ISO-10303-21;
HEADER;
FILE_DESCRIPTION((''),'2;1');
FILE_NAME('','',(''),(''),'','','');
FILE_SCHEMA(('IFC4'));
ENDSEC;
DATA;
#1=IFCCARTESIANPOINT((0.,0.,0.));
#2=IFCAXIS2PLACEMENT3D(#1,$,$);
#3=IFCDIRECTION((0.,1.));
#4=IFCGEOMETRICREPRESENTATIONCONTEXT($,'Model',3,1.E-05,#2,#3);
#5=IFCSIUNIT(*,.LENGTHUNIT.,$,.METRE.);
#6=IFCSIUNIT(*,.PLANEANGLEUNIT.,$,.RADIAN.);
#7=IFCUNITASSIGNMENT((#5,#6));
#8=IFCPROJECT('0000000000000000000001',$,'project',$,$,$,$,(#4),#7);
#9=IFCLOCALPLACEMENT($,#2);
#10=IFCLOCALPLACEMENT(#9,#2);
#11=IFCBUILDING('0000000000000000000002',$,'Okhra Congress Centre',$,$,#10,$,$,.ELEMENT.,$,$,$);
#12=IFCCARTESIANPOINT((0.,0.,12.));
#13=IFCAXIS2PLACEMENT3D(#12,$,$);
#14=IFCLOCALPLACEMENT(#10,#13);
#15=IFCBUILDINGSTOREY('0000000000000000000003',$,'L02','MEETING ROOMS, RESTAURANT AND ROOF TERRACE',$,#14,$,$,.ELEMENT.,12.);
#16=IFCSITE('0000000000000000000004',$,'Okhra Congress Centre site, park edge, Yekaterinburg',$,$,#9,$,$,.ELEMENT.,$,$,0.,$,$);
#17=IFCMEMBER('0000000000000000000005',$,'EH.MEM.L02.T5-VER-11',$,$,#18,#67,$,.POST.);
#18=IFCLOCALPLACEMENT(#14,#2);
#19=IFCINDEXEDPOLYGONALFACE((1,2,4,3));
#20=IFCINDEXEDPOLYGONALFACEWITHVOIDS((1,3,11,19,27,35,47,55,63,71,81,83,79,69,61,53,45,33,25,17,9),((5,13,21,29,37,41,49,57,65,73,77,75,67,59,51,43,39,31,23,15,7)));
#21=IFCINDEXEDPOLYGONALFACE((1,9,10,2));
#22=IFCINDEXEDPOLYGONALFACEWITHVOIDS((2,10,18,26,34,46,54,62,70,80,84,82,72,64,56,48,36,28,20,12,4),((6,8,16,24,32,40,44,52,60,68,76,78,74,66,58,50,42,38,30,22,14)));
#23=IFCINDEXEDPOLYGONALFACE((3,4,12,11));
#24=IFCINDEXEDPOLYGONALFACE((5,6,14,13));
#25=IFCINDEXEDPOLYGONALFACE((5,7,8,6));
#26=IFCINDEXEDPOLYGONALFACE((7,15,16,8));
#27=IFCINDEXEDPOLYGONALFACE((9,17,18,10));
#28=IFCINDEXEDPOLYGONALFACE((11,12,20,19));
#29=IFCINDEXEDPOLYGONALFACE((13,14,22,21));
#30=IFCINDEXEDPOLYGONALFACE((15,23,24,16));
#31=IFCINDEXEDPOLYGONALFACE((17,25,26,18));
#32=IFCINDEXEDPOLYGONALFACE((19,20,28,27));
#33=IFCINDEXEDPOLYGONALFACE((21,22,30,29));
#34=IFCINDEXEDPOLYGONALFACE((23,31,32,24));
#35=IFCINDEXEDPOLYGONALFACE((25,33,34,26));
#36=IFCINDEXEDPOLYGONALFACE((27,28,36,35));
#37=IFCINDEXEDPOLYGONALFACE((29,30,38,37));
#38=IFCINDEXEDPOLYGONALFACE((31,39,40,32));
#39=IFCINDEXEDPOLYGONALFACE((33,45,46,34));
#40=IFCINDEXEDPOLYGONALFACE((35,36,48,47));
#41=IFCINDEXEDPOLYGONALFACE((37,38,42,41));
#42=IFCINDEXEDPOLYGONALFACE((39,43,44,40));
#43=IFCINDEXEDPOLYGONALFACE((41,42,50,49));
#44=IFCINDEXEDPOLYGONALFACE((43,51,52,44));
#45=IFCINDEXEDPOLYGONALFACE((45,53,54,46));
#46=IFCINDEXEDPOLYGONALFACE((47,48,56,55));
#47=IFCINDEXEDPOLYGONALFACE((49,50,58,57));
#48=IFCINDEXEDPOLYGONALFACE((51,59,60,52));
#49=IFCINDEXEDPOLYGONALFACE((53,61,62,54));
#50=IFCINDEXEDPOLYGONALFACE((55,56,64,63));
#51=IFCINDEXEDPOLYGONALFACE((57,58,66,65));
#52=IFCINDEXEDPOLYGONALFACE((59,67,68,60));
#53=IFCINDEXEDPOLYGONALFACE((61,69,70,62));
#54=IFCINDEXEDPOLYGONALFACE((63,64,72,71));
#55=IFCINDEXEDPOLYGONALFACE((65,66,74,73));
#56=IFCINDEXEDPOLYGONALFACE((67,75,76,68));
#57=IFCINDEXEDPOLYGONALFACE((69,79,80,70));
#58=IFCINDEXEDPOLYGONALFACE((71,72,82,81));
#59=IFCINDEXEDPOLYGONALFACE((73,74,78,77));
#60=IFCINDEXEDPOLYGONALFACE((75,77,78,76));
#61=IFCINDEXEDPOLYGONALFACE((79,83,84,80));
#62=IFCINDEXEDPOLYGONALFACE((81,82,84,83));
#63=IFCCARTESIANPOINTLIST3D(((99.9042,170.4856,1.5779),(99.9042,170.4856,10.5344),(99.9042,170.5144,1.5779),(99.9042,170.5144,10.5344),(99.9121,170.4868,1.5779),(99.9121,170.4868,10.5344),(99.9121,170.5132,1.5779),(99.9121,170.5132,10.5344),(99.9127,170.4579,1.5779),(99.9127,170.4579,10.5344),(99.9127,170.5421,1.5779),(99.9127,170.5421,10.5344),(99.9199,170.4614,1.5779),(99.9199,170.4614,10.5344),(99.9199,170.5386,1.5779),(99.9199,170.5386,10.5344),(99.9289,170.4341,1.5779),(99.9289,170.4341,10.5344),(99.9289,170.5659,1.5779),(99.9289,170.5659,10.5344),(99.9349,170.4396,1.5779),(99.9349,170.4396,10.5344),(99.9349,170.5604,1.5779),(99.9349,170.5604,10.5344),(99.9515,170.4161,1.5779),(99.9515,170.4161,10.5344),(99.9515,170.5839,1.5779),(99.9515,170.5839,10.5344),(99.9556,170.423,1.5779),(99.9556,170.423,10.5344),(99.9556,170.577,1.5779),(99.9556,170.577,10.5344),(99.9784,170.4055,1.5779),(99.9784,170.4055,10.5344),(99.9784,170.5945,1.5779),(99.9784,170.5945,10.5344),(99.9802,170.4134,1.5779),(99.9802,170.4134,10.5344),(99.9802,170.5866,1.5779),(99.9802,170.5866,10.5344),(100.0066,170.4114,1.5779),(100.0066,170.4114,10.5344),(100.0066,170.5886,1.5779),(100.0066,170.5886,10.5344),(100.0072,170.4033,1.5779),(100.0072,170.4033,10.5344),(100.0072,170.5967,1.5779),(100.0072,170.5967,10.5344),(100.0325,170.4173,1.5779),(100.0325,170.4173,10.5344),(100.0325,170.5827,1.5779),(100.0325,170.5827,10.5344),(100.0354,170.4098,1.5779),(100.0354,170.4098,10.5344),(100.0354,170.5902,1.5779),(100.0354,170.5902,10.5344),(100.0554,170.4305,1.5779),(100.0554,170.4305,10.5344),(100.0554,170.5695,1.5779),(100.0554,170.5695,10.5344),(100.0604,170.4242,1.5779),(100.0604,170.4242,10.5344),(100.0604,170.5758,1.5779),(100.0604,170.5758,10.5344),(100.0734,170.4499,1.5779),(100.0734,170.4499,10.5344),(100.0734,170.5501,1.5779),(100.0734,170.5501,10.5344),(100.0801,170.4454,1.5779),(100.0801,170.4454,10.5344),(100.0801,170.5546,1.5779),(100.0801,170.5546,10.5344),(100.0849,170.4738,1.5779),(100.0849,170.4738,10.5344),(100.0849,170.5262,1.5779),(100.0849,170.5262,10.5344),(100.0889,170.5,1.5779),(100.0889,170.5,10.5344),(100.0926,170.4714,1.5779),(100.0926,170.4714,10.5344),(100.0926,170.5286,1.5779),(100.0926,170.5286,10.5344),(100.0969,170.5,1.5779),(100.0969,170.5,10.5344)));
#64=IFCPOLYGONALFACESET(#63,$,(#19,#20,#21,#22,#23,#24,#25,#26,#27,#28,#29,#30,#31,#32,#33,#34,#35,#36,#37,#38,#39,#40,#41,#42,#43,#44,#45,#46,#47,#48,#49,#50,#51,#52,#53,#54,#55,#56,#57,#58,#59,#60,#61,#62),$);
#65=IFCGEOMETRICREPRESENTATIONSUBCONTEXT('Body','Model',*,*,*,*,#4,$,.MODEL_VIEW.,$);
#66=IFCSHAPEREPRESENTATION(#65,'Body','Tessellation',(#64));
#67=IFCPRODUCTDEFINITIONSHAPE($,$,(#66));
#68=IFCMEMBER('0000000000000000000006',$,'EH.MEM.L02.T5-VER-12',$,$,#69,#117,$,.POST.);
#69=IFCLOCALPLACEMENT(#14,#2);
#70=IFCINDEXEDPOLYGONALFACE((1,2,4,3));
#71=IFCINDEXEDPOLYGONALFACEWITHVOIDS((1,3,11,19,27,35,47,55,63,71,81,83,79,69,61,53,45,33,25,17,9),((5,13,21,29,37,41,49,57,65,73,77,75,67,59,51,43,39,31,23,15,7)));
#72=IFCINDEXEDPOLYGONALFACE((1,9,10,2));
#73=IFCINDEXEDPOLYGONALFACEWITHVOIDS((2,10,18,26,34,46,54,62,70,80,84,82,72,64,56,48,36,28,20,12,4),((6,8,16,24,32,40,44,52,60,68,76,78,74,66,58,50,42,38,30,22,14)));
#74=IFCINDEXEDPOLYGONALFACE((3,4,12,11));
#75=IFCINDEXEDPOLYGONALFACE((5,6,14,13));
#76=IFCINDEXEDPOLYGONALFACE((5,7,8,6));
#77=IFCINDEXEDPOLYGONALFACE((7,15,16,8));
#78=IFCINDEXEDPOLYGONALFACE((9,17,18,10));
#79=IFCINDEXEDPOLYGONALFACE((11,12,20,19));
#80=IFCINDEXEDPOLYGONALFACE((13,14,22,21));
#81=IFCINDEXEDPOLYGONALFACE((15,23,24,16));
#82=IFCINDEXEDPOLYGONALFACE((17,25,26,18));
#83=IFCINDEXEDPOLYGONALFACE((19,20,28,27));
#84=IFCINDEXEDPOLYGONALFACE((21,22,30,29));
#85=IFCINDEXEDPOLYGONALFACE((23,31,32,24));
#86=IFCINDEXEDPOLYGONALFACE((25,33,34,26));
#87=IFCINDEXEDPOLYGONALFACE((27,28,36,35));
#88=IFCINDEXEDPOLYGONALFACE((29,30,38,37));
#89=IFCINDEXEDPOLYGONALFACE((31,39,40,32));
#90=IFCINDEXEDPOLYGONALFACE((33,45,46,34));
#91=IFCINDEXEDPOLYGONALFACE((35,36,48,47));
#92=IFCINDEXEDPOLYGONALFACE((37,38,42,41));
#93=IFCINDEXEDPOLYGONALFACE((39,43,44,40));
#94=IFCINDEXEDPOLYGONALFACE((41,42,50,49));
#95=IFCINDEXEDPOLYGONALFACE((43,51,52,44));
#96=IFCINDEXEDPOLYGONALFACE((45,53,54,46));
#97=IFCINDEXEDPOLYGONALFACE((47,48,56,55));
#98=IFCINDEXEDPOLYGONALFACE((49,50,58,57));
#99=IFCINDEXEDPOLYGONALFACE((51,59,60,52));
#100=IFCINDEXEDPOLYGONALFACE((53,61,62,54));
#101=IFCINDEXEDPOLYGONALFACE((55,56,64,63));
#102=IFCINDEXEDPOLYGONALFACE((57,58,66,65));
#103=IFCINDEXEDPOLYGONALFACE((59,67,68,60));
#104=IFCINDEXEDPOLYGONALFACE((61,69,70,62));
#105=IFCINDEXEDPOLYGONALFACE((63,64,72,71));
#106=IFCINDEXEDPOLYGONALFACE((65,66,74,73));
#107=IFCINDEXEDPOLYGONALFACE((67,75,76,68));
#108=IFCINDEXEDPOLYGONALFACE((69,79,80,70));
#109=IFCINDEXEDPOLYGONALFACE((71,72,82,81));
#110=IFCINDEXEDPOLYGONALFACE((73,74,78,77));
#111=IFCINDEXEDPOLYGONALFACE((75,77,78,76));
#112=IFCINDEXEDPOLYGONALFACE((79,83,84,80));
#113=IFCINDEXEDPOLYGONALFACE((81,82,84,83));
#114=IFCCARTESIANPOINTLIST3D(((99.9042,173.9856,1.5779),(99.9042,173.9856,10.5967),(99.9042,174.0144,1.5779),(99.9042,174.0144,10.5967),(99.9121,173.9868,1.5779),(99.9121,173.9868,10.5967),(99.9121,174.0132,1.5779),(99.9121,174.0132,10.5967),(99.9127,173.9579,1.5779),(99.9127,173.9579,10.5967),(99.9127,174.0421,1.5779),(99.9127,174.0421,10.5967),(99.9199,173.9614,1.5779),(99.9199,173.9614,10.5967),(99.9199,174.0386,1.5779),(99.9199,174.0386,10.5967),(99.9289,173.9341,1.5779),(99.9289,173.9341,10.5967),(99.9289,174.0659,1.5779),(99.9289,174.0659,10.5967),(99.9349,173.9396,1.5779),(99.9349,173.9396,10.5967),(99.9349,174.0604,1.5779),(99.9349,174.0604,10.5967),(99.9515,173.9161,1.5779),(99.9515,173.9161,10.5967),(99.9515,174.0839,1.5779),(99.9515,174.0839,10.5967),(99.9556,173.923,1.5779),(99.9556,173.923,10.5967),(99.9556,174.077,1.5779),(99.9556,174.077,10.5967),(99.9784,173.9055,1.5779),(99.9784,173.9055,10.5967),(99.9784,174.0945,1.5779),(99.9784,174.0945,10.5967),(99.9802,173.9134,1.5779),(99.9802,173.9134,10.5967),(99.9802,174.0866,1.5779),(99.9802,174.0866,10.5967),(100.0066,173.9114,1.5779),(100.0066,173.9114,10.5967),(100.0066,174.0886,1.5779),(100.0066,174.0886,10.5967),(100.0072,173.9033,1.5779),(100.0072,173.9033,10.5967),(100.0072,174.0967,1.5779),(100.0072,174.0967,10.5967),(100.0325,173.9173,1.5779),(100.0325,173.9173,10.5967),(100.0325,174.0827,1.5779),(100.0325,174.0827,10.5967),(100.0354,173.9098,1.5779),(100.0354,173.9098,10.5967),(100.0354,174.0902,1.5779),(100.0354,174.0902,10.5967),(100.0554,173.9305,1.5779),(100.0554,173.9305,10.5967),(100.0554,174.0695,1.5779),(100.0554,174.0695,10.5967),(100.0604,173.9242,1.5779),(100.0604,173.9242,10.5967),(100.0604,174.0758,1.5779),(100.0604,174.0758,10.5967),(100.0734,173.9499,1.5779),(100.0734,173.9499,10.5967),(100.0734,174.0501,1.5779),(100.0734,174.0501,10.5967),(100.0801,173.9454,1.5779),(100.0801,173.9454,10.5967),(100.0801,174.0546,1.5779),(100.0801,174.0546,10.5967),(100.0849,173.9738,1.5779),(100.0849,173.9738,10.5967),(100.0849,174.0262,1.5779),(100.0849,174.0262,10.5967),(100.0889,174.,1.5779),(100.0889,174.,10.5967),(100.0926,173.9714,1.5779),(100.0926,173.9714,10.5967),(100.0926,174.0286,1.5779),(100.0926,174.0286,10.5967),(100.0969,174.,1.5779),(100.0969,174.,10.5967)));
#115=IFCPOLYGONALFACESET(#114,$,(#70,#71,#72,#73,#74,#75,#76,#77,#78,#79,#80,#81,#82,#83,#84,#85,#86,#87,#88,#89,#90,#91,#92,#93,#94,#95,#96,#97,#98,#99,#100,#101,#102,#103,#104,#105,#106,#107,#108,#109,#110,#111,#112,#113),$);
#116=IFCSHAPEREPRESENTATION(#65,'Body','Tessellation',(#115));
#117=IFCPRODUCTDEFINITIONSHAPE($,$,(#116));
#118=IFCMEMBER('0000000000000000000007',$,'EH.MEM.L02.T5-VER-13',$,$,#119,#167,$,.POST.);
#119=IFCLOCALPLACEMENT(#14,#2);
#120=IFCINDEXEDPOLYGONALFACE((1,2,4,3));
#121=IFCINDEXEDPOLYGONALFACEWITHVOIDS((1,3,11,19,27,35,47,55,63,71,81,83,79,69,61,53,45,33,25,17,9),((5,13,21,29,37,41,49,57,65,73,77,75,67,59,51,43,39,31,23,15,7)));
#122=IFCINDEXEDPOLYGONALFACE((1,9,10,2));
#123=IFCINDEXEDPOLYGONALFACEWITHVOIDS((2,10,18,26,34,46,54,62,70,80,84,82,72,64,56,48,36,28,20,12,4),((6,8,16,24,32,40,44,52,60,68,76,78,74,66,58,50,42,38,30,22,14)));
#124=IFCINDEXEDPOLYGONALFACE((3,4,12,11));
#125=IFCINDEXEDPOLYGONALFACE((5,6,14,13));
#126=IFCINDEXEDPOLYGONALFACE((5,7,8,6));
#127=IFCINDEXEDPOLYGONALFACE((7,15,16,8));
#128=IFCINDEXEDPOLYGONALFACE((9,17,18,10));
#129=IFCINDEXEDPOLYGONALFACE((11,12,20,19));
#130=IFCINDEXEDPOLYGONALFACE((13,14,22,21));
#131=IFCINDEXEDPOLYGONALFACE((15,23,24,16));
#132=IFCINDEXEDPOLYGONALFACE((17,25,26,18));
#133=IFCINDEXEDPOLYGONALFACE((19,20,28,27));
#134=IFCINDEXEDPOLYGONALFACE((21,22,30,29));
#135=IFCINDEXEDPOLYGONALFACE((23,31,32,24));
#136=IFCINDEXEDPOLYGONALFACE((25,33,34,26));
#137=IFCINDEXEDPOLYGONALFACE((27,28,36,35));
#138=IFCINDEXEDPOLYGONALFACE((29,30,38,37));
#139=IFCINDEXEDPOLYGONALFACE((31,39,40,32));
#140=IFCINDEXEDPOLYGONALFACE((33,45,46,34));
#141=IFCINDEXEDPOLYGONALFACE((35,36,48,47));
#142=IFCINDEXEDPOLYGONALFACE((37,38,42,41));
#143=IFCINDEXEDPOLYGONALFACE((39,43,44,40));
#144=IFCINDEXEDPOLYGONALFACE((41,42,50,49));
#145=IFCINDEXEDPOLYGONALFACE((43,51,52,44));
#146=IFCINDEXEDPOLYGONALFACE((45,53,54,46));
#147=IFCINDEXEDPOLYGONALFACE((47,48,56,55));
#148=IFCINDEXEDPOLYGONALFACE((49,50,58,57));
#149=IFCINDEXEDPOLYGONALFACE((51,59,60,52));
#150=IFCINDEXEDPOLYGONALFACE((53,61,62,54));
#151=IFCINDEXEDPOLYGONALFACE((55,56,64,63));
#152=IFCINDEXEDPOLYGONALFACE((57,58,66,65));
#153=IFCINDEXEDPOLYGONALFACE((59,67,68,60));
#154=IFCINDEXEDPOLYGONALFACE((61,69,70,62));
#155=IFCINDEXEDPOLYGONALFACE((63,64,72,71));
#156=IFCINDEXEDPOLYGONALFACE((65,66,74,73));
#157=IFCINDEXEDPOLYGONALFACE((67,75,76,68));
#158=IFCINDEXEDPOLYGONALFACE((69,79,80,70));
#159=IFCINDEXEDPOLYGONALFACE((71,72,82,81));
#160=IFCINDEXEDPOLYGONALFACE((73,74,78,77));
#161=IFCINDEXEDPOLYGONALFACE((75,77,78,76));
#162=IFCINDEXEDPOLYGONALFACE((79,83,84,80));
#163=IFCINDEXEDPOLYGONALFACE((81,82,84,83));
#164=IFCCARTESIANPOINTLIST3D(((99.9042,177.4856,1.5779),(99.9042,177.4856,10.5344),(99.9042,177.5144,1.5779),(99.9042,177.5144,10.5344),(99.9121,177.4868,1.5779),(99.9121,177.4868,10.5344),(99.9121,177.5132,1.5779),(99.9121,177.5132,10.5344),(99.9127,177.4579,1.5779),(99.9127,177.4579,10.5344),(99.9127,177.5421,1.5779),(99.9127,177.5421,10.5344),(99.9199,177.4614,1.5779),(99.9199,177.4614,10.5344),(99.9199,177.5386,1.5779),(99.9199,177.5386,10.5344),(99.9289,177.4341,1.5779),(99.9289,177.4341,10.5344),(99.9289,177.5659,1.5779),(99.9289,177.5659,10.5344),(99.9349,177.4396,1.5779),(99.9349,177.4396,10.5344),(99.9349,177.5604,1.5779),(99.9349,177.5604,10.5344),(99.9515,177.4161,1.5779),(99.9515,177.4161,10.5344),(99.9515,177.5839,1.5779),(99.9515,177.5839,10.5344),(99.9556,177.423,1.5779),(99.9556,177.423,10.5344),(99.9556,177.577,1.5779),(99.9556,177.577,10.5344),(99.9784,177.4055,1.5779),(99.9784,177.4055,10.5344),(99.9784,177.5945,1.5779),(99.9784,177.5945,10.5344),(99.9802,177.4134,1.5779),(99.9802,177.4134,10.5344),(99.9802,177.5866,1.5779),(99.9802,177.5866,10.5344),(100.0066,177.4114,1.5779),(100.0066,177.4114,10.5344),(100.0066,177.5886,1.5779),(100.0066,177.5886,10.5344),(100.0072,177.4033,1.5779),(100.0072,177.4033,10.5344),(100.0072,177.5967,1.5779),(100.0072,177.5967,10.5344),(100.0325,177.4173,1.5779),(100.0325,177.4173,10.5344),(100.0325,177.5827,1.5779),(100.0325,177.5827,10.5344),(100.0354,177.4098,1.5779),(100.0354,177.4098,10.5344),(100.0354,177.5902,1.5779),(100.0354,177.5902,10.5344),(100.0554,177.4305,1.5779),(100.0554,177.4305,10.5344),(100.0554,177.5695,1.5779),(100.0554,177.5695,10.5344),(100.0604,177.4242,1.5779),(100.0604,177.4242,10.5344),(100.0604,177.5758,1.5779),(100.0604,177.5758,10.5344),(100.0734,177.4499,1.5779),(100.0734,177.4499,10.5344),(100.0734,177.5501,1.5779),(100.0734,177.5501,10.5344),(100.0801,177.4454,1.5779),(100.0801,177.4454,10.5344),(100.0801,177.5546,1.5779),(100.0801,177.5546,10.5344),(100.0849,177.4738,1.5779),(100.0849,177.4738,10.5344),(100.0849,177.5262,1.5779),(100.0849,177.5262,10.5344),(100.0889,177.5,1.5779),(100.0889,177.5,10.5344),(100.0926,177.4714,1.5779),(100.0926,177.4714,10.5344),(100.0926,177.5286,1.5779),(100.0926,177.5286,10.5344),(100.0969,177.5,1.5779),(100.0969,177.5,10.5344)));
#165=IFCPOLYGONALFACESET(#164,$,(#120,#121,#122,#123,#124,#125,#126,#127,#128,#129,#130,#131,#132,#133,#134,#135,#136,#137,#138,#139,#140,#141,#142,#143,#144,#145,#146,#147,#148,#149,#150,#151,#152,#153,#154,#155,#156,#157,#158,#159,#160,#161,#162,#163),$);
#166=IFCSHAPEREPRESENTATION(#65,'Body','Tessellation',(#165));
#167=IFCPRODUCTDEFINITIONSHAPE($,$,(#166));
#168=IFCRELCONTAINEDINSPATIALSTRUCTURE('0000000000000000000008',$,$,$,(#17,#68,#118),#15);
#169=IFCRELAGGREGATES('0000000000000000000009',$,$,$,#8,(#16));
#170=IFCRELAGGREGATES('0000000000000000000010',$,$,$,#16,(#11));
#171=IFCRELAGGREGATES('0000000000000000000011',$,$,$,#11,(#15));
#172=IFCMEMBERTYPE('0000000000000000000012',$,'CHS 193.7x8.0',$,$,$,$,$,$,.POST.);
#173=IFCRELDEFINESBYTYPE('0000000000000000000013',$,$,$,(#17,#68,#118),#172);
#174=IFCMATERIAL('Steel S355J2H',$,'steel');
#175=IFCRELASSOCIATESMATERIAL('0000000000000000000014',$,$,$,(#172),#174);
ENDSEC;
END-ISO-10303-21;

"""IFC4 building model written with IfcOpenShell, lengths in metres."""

from ifc_helpers import new_model, si_unit, direction, frame, origin, origin_2d, place, context, subcontext, project, spatial, hollow_circle, extrude, material, material_profile, profile_set, type_object, element, save


model = new_model("IFC4")

# Units and contexts
model_context = context("Model", 3, precision=1e-05, world=origin(), true_north=direction((0.0, 1.0)))
body_context = subcontext(model_context, "Body", "Model", "MODEL_VIEW")
ifc_project = project(units=[si_unit("LENGTHUNIT", "METRE"), si_unit("PLANEANGLEUNIT", "RADIAN")], contexts=[model_context])

# Site, building, storey
site_placement = place(None, origin())
site = spatial("IfcSite", under=ifc_project, at=site_placement, Name="Okhra Congress Centre site, park edge, Yekaterinburg", CompositionType="ELEMENT", RefElevation=0.0)
building_placement = place(site_placement, origin())
building = spatial("IfcBuilding", under=site, at=building_placement, Name="Okhra Congress Centre", CompositionType="ELEMENT")
storey_placement = place(building_placement, frame((0.0, 0.0, 12.0)))
storey = spatial("IfcBuildingStorey", under=building, at=storey_placement, Name="L02", Description="MEETING ROOMS, RESTAURANT AND ROOF TERRACE", CompositionType="ELEMENT", Elevation=12.0)

# Members
ifc_material_1 = material(Name="Steel S355J2H", Category="steel")
ifc_material_profile_1 = material_profile(ifc_material_1, hollow_circle(Radius=0.0969, WallThickness=0.0081, at=origin_2d()), Name="CHS 193.7x8.0")
ifc_profile_set_1 = profile_set([ifc_material_profile_1], Name="Steel S355J2H")
member_type_1 = type_object("IfcMemberType", Name="CHS 193.7x8.0", PredefinedType="POST", material=ifc_profile_set_1)
member_1_placement = place(storey_placement, frame((100.0, 170.5, 1.5779), z_axis=(0.0, 0.0, 1.0), x_axis=(1.0, 0.0, 0.0)))
element("IfcMember", 1, at=member_1_placement, inside=storey, type_object=member_type_1, Name="EH.MEM.L02.T5-VER-11", PredefinedType="POST", context=body_context, shape_type="SweptSolid", body=[
    extrude(hollow_circle(Radius=0.0969, WallThickness=0.0081, at=origin_2d()), origin(), (0.0, 0.0, 1.0), 8.9565),
])
member_2_placement = place(storey_placement, frame((100.0, 174.0, 1.5779), z_axis=(0.0, 0.0, 1.0), x_axis=(1.0, 0.0, 0.0)))
element("IfcMember", 2, at=member_2_placement, inside=storey, type_object=member_type_1, Name="EH.MEM.L02.T5-VER-12", PredefinedType="POST", context=body_context, shape_type="SweptSolid", body=[
    extrude(hollow_circle(Radius=0.0969, WallThickness=0.0081, at=origin_2d()), origin(), (0.0, 0.0, 1.0), 9.0188),
])
member_3_placement = place(storey_placement, frame((100.0, 177.5, 1.5779), z_axis=(0.0, 0.0, 1.0), x_axis=(1.0, 0.0, 0.0)))
element("IfcMember", 3, at=member_3_placement, inside=storey, type_object=member_type_1, Name="EH.MEM.L02.T5-VER-13", PredefinedType="POST", context=body_context, shape_type="SweptSolid", body=[
    extrude(hollow_circle(Radius=0.0969, WallThickness=0.0081, at=origin_2d()), origin(), (0.0, 0.0, 1.0), 8.9565),
])

save(model, "model.ifc")
